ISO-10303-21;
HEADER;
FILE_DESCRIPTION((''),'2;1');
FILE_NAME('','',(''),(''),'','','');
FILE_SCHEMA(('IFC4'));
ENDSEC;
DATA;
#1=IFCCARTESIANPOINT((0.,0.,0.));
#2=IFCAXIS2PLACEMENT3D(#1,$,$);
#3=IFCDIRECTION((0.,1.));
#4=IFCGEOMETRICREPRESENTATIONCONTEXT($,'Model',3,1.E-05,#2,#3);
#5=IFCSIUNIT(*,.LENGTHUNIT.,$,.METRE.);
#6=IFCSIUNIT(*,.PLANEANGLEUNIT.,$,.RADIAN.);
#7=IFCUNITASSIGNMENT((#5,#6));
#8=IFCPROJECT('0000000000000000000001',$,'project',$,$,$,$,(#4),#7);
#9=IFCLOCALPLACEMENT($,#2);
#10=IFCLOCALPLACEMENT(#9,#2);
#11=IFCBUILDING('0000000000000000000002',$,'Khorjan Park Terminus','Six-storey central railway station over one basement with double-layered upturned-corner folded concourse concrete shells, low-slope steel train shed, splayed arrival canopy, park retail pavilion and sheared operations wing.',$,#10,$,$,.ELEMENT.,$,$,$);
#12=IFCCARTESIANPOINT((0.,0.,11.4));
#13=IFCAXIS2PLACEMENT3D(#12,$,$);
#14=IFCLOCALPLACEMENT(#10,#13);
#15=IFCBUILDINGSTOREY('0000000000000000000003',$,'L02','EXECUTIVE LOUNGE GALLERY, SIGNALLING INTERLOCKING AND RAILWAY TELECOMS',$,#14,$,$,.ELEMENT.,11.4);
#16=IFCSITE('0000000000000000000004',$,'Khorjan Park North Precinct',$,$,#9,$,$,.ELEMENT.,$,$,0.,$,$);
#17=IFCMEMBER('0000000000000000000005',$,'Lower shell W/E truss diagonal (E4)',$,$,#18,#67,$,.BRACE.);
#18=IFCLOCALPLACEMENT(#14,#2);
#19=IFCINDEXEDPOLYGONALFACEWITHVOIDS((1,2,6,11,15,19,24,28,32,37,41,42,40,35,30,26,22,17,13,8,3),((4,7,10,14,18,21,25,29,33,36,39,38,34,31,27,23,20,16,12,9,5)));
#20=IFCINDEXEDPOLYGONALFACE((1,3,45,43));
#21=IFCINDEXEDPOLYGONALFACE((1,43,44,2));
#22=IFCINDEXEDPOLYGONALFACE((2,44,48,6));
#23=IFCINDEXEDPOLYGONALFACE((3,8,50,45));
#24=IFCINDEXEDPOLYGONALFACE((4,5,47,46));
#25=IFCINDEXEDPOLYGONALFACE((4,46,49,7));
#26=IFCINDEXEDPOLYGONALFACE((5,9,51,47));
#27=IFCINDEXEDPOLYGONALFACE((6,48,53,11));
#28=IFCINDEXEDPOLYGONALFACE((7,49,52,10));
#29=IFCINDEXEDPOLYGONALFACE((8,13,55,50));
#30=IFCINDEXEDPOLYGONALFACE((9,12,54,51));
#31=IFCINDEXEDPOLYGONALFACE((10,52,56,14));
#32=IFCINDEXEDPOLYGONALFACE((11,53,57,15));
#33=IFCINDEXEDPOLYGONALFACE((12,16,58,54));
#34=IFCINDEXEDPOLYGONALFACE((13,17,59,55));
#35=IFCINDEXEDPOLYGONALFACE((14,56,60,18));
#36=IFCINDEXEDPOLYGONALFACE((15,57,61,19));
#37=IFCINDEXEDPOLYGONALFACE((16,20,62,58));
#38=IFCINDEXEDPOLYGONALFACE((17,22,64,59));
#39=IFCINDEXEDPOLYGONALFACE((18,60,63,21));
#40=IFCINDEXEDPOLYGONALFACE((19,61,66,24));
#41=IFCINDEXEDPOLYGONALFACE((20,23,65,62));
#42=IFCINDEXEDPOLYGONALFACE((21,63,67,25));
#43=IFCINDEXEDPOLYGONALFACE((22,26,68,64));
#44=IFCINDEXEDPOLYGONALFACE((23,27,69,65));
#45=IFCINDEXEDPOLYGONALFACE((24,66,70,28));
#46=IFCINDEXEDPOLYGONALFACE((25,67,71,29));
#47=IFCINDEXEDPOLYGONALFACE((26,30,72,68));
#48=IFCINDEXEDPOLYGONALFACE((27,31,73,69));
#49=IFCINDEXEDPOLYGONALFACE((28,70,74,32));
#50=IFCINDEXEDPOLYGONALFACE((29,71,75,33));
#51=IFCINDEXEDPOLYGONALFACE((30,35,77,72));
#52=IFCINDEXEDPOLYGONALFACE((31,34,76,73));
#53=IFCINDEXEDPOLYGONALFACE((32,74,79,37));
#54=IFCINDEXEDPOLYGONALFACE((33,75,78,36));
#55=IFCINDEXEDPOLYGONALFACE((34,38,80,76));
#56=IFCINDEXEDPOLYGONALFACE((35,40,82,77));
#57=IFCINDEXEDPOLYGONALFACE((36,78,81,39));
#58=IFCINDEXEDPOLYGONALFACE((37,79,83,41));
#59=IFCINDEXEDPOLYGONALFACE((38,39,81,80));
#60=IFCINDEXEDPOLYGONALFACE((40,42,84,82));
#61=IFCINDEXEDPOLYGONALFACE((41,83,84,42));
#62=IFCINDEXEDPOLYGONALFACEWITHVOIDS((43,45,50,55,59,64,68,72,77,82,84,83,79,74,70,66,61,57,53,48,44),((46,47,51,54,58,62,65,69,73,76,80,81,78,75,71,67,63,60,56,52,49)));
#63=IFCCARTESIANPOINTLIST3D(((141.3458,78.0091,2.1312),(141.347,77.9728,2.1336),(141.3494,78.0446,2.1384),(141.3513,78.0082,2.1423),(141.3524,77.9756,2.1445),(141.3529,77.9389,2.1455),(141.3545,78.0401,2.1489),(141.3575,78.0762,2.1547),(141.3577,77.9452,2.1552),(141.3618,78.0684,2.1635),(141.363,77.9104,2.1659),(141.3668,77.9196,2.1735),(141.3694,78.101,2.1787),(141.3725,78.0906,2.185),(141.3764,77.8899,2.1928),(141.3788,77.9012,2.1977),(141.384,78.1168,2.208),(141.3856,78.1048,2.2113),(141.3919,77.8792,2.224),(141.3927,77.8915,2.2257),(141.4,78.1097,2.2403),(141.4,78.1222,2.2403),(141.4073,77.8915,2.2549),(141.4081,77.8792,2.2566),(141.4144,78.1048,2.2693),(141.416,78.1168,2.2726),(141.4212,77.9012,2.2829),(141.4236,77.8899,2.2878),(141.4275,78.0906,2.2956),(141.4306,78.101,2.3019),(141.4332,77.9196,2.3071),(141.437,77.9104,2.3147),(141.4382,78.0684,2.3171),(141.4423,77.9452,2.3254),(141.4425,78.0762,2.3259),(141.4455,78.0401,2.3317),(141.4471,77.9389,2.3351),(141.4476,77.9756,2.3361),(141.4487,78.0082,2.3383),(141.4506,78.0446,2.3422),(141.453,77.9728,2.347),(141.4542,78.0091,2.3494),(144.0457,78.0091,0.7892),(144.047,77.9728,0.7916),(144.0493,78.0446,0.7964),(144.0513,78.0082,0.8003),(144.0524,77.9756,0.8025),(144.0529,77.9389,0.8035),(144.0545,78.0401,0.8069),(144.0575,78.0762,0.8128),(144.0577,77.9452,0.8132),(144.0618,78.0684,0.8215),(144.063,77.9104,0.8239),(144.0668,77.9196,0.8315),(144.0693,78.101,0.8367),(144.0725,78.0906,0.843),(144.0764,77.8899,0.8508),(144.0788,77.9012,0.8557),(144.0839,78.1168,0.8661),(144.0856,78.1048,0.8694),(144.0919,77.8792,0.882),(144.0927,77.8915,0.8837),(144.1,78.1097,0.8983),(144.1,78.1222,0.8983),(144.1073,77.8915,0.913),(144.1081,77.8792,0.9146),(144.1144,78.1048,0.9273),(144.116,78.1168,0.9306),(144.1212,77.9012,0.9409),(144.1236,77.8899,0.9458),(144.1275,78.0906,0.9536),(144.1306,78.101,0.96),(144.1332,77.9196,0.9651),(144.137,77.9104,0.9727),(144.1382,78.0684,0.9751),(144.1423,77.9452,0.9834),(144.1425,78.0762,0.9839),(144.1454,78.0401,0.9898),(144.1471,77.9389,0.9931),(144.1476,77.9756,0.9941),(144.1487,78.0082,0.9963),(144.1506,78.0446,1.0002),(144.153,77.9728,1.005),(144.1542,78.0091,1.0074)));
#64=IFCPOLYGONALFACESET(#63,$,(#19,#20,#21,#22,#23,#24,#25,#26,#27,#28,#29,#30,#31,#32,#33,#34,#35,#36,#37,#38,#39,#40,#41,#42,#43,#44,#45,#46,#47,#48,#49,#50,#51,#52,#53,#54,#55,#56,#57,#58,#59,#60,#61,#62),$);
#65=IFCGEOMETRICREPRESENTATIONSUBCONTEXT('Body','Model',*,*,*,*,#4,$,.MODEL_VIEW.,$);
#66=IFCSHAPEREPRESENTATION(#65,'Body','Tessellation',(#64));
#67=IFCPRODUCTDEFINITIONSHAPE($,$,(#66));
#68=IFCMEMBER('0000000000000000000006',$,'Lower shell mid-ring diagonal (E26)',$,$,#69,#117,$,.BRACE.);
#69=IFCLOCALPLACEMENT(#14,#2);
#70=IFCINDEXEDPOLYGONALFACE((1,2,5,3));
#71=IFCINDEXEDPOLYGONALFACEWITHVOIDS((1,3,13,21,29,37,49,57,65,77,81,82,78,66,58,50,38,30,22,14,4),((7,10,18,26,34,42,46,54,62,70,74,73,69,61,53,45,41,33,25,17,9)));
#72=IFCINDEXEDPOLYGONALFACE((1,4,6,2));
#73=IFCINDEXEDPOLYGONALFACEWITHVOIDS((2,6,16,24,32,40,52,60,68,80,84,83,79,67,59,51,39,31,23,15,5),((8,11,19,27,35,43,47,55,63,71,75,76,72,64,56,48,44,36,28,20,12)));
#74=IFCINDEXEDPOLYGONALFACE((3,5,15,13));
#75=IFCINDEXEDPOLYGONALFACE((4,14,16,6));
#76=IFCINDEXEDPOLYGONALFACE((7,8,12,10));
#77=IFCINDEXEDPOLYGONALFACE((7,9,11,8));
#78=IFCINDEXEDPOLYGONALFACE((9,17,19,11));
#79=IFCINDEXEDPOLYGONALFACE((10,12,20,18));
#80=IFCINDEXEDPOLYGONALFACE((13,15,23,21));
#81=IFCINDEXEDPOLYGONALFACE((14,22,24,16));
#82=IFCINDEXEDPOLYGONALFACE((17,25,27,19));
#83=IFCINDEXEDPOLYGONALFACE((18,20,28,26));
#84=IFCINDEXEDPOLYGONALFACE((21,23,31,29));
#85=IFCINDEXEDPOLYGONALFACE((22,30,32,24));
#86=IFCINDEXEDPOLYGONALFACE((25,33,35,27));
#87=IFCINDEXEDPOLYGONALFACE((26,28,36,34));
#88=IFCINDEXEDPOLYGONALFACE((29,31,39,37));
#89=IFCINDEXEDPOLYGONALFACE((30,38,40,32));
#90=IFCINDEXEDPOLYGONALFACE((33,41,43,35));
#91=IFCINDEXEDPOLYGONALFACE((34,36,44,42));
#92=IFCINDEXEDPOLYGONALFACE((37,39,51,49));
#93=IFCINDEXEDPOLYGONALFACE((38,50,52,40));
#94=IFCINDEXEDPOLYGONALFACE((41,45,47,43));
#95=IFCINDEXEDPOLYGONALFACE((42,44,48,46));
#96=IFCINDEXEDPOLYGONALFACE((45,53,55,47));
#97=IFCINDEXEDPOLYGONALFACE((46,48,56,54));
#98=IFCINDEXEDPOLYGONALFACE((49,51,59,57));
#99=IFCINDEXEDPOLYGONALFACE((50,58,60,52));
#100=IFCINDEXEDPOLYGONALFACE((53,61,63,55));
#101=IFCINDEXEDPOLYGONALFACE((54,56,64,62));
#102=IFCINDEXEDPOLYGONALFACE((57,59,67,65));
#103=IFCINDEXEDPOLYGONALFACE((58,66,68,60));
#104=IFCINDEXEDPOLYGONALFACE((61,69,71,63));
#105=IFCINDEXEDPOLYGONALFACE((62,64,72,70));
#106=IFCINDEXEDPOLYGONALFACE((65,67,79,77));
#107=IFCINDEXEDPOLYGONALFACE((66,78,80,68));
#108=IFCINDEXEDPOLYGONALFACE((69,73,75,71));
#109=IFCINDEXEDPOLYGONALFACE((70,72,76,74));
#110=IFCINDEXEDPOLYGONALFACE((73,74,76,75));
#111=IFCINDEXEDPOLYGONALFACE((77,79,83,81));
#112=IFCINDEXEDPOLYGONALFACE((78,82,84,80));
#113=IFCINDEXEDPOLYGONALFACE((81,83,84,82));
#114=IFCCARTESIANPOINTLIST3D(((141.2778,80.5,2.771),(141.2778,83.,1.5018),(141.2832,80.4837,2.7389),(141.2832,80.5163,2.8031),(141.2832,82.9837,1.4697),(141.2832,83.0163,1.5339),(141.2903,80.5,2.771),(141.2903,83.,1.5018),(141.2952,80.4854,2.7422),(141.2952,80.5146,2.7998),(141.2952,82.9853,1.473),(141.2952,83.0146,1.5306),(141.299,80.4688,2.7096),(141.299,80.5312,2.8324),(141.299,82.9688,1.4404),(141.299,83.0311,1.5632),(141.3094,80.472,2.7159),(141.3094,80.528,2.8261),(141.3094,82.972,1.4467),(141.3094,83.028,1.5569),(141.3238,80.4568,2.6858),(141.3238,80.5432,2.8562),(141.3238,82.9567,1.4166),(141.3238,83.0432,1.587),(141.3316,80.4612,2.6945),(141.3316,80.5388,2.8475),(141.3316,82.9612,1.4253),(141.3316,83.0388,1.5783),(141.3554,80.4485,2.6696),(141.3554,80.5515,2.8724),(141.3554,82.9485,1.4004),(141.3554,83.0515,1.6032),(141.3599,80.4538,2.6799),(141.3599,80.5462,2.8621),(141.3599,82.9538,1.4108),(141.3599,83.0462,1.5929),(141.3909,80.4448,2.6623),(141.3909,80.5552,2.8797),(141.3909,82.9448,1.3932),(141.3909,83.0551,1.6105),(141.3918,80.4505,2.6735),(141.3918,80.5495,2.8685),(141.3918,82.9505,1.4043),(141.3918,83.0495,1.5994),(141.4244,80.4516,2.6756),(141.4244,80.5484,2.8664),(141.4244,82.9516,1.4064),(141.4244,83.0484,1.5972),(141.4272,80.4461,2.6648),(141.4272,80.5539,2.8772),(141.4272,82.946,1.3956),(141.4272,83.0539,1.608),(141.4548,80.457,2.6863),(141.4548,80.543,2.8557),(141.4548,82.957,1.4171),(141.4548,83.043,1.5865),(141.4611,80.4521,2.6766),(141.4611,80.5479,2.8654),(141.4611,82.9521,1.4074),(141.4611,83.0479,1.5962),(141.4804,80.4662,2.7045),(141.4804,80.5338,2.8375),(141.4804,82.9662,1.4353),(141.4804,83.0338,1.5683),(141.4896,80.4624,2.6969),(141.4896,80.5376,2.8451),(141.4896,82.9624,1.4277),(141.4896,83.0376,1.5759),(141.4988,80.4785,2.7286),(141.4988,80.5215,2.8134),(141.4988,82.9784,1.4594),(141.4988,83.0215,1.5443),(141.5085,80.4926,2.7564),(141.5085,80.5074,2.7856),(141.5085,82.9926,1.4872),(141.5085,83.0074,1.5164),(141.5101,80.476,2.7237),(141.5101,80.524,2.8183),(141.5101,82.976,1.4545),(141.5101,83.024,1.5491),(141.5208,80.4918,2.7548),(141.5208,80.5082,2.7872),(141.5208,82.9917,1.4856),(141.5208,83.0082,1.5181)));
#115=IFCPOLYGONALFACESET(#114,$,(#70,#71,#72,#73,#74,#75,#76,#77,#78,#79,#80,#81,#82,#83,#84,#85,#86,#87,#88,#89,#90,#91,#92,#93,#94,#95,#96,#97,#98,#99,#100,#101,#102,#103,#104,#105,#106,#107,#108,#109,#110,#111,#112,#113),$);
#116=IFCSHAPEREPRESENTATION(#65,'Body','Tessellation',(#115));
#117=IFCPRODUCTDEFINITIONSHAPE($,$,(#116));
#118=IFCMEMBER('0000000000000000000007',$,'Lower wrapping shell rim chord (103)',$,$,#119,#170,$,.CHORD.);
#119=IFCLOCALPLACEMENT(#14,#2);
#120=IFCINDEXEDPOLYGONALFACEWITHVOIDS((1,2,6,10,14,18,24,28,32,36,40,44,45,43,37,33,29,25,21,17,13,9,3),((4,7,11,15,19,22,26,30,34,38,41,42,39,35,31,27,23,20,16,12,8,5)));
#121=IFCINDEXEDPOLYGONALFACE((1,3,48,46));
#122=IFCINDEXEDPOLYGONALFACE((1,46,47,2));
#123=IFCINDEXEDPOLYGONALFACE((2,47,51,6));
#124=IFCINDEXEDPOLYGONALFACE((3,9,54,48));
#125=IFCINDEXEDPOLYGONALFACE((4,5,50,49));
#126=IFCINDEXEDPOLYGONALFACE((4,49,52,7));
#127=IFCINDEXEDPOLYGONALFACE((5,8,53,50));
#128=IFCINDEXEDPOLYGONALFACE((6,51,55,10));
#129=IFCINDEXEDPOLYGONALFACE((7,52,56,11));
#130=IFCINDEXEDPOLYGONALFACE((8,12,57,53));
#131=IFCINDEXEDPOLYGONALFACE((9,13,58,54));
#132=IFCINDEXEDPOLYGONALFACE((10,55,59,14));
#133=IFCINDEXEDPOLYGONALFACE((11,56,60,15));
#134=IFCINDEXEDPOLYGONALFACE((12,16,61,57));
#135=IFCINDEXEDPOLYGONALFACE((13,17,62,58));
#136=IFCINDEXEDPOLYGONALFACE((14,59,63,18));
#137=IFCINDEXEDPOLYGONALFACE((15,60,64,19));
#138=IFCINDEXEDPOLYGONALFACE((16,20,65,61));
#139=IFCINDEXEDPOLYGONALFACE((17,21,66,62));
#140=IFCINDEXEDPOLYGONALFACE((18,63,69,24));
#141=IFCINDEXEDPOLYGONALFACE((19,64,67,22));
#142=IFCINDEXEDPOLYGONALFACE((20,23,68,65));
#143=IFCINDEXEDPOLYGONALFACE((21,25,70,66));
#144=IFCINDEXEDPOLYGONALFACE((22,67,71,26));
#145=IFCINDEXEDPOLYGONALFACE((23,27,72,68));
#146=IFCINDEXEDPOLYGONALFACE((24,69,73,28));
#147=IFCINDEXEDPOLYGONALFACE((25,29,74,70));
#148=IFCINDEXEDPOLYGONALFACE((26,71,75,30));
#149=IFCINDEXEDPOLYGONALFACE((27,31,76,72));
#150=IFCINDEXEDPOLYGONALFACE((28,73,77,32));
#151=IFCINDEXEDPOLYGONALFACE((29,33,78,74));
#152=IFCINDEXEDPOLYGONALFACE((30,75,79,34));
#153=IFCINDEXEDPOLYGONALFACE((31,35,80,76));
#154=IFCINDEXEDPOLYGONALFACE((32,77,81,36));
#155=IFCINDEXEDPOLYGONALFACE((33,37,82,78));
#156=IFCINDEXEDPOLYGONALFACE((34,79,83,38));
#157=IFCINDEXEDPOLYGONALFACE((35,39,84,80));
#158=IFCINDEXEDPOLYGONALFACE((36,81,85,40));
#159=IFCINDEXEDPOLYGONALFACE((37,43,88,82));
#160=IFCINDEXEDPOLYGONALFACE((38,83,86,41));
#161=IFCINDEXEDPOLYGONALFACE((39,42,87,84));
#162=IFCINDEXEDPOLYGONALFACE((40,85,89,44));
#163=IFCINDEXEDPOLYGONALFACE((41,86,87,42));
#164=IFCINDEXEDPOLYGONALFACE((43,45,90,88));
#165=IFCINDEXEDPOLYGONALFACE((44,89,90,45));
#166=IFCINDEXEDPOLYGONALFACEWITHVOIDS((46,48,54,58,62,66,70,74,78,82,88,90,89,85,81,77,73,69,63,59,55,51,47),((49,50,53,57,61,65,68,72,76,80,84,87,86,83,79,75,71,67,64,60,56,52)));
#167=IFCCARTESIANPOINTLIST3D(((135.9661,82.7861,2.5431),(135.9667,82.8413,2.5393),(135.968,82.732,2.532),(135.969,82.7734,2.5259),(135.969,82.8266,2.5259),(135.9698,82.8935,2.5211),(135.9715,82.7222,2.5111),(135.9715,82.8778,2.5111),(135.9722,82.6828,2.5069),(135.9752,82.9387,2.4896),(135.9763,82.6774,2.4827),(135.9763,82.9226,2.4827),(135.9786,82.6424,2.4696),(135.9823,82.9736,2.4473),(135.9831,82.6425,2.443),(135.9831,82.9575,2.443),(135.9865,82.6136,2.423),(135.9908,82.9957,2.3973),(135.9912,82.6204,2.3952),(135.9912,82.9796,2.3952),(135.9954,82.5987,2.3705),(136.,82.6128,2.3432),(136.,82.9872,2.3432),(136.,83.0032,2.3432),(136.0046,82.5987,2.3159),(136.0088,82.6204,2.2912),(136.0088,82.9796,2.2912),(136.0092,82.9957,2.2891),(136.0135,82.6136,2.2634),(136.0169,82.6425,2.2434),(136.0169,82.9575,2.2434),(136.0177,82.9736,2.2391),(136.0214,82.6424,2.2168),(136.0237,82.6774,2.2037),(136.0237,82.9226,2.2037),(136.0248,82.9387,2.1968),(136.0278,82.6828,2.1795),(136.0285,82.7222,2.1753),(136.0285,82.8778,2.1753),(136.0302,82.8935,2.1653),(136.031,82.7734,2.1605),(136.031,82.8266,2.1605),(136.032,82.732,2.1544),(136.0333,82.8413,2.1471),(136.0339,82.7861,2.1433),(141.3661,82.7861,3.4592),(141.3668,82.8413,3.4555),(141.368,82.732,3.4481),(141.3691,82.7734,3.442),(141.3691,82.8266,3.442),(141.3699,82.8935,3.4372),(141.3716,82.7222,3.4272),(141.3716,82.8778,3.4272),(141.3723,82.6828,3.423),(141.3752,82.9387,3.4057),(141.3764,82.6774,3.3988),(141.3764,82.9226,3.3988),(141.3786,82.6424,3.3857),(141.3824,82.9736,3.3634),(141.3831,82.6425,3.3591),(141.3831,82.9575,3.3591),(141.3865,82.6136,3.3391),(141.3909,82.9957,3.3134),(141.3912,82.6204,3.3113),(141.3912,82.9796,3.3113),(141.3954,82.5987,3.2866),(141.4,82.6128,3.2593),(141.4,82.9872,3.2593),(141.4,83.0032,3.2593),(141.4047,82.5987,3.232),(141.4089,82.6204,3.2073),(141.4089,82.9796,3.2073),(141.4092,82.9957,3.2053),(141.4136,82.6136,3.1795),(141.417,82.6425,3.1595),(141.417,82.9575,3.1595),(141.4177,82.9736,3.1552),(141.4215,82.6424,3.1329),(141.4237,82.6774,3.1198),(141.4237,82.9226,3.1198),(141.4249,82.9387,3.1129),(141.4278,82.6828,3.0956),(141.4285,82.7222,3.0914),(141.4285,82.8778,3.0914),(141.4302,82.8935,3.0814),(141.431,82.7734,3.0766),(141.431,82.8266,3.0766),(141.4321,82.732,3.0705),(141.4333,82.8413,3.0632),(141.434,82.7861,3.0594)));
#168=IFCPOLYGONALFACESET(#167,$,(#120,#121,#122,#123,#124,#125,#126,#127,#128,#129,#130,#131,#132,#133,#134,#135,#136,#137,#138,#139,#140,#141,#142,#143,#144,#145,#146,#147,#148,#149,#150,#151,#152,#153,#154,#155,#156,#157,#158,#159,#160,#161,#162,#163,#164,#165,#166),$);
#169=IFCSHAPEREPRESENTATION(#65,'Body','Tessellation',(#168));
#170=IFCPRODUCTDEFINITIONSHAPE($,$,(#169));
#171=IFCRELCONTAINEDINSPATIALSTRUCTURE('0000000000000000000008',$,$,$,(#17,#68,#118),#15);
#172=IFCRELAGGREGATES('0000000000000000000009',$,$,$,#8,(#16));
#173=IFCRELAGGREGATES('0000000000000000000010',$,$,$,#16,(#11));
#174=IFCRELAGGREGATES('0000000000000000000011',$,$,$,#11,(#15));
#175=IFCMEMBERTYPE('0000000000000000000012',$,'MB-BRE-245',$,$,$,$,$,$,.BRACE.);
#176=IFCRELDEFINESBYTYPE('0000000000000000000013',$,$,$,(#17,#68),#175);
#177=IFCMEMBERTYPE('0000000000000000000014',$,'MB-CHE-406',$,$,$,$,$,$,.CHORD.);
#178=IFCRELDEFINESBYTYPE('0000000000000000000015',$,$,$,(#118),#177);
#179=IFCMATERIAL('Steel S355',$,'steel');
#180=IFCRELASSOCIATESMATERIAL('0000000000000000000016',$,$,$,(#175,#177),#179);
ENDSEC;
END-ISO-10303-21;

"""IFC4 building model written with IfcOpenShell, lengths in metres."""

from ifc_helpers import new_model, si_unit, direction, frame, origin, origin_2d, place, context, subcontext, project, spatial, hollow_circle, extrude, material, material_profile, profile_set, type_object, element, save


model = new_model("IFC4")

# Units and contexts
model_context = context("Model", 3, precision=1e-05, world=origin(), true_north=direction((0.0, 1.0)))
body_context = subcontext(model_context, "Body", "Model", "MODEL_VIEW")
ifc_project = project(units=[si_unit("LENGTHUNIT", "METRE"), si_unit("PLANEANGLEUNIT", "RADIAN")], contexts=[model_context])

# Site, building, storey
site_placement = place(None, origin())
site = spatial("IfcSite", under=ifc_project, at=site_placement, Name="Khorjan Park North Precinct", CompositionType="ELEMENT", RefElevation=0.0)
building_placement = place(site_placement, origin())
building = spatial("IfcBuilding", under=site, at=building_placement, Name="Khorjan Park Terminus", Description="Six-storey central railway station over one basement with double-layered upturned-corner folded concourse concrete shells, low-slope steel train shed, splayed arrival canopy, park retail pavilion and sheared operations wing.", CompositionType="ELEMENT")
storey_placement = place(building_placement, frame((0.0, 0.0, 11.4)))
storey = spatial("IfcBuildingStorey", under=building, at=storey_placement, Name="L02", Description="EXECUTIVE LOUNGE GALLERY, SIGNALLING INTERLOCKING AND RAILWAY TELECOMS", CompositionType="ELEMENT", Elevation=11.4)

# Members
ifc_material_1 = material(Name="Steel S355", Category="steel")
ifc_material_profile_1 = material_profile(ifc_material_1, hollow_circle(Radius=0.1222, WallThickness=0.0125, at=origin_2d()), Name="CHS 244.5x12.5")
ifc_profile_set_1 = profile_set([ifc_material_profile_1], Name="Steel S355")
member_type_1 = type_object("IfcMemberType", Name="MB-BRE-245", PredefinedType="BRACE", material=ifc_profile_set_1)
member_1_placement = place(storey_placement, frame((141.4, 78.0, 2.2403), z_axis=(0.895486, 0.0, -0.44509), x_axis=(0.0, 1.0, 0.0)))
element("IfcMember", 1, at=member_1_placement, inside=storey, type_object=member_type_1, Name="Lower shell W/E truss diagonal (E4)", PredefinedType="BRACE", context=body_context, shape_type="SweptSolid", body=[
    extrude(hollow_circle(Radius=0.1222, WallThickness=0.0125, at=origin_2d()), origin(), (0.0, 0.0, 1.0), 3.0151),
])
member_2_placement = place(storey_placement, frame((141.4, 80.5, 2.771), z_axis=(0.0, 0.891671, -0.452684), x_axis=(-1.0, 0.0, 0.0)))
element("IfcMember", 2, at=member_2_placement, inside=storey, type_object=member_type_1, Name="Lower shell mid-ring diagonal (E26)", PredefinedType="BRACE", context=body_context, shape_type="SweptSolid", body=[
    extrude(hollow_circle(Radius=0.1222, WallThickness=0.0125, at=origin_2d()), origin(), (0.0, 0.0, 1.0), 2.8037),
])
ifc_material_profile_2 = material_profile(ifc_material_1, hollow_circle(Radius=0.2032, WallThickness=0.016, at=origin_2d()), Name="CHS 406.4x16")
ifc_profile_set_2 = profile_set([ifc_material_profile_2], Name="Steel S355")
member_type_2 = type_object("IfcMemberType", Name="MB-CHE-406", PredefinedType="CHORD", material=ifc_profile_set_2)
for number, where, z_axis, x_axis, name in (
    (3, (136.0, 82.8, 2.3432), (0.985913, 0.0, 0.167258), (0.0, 1.0, 0.0), "Lower wrapping shell rim chord (103)"),
):
    element("IfcMember", number, at=place(storey_placement, frame(where, z_axis=z_axis, x_axis=x_axis)), inside=storey, type_object=member_type_2, Name=name, PredefinedType="CHORD", context=body_context, shape_type="SweptSolid", body=[
        extrude(hollow_circle(Radius=0.2032, WallThickness=0.016, at=origin_2d()), origin(), (0.0, 0.0, 1.0), 5.4772),
    ])

save(model, "model.ifc")
